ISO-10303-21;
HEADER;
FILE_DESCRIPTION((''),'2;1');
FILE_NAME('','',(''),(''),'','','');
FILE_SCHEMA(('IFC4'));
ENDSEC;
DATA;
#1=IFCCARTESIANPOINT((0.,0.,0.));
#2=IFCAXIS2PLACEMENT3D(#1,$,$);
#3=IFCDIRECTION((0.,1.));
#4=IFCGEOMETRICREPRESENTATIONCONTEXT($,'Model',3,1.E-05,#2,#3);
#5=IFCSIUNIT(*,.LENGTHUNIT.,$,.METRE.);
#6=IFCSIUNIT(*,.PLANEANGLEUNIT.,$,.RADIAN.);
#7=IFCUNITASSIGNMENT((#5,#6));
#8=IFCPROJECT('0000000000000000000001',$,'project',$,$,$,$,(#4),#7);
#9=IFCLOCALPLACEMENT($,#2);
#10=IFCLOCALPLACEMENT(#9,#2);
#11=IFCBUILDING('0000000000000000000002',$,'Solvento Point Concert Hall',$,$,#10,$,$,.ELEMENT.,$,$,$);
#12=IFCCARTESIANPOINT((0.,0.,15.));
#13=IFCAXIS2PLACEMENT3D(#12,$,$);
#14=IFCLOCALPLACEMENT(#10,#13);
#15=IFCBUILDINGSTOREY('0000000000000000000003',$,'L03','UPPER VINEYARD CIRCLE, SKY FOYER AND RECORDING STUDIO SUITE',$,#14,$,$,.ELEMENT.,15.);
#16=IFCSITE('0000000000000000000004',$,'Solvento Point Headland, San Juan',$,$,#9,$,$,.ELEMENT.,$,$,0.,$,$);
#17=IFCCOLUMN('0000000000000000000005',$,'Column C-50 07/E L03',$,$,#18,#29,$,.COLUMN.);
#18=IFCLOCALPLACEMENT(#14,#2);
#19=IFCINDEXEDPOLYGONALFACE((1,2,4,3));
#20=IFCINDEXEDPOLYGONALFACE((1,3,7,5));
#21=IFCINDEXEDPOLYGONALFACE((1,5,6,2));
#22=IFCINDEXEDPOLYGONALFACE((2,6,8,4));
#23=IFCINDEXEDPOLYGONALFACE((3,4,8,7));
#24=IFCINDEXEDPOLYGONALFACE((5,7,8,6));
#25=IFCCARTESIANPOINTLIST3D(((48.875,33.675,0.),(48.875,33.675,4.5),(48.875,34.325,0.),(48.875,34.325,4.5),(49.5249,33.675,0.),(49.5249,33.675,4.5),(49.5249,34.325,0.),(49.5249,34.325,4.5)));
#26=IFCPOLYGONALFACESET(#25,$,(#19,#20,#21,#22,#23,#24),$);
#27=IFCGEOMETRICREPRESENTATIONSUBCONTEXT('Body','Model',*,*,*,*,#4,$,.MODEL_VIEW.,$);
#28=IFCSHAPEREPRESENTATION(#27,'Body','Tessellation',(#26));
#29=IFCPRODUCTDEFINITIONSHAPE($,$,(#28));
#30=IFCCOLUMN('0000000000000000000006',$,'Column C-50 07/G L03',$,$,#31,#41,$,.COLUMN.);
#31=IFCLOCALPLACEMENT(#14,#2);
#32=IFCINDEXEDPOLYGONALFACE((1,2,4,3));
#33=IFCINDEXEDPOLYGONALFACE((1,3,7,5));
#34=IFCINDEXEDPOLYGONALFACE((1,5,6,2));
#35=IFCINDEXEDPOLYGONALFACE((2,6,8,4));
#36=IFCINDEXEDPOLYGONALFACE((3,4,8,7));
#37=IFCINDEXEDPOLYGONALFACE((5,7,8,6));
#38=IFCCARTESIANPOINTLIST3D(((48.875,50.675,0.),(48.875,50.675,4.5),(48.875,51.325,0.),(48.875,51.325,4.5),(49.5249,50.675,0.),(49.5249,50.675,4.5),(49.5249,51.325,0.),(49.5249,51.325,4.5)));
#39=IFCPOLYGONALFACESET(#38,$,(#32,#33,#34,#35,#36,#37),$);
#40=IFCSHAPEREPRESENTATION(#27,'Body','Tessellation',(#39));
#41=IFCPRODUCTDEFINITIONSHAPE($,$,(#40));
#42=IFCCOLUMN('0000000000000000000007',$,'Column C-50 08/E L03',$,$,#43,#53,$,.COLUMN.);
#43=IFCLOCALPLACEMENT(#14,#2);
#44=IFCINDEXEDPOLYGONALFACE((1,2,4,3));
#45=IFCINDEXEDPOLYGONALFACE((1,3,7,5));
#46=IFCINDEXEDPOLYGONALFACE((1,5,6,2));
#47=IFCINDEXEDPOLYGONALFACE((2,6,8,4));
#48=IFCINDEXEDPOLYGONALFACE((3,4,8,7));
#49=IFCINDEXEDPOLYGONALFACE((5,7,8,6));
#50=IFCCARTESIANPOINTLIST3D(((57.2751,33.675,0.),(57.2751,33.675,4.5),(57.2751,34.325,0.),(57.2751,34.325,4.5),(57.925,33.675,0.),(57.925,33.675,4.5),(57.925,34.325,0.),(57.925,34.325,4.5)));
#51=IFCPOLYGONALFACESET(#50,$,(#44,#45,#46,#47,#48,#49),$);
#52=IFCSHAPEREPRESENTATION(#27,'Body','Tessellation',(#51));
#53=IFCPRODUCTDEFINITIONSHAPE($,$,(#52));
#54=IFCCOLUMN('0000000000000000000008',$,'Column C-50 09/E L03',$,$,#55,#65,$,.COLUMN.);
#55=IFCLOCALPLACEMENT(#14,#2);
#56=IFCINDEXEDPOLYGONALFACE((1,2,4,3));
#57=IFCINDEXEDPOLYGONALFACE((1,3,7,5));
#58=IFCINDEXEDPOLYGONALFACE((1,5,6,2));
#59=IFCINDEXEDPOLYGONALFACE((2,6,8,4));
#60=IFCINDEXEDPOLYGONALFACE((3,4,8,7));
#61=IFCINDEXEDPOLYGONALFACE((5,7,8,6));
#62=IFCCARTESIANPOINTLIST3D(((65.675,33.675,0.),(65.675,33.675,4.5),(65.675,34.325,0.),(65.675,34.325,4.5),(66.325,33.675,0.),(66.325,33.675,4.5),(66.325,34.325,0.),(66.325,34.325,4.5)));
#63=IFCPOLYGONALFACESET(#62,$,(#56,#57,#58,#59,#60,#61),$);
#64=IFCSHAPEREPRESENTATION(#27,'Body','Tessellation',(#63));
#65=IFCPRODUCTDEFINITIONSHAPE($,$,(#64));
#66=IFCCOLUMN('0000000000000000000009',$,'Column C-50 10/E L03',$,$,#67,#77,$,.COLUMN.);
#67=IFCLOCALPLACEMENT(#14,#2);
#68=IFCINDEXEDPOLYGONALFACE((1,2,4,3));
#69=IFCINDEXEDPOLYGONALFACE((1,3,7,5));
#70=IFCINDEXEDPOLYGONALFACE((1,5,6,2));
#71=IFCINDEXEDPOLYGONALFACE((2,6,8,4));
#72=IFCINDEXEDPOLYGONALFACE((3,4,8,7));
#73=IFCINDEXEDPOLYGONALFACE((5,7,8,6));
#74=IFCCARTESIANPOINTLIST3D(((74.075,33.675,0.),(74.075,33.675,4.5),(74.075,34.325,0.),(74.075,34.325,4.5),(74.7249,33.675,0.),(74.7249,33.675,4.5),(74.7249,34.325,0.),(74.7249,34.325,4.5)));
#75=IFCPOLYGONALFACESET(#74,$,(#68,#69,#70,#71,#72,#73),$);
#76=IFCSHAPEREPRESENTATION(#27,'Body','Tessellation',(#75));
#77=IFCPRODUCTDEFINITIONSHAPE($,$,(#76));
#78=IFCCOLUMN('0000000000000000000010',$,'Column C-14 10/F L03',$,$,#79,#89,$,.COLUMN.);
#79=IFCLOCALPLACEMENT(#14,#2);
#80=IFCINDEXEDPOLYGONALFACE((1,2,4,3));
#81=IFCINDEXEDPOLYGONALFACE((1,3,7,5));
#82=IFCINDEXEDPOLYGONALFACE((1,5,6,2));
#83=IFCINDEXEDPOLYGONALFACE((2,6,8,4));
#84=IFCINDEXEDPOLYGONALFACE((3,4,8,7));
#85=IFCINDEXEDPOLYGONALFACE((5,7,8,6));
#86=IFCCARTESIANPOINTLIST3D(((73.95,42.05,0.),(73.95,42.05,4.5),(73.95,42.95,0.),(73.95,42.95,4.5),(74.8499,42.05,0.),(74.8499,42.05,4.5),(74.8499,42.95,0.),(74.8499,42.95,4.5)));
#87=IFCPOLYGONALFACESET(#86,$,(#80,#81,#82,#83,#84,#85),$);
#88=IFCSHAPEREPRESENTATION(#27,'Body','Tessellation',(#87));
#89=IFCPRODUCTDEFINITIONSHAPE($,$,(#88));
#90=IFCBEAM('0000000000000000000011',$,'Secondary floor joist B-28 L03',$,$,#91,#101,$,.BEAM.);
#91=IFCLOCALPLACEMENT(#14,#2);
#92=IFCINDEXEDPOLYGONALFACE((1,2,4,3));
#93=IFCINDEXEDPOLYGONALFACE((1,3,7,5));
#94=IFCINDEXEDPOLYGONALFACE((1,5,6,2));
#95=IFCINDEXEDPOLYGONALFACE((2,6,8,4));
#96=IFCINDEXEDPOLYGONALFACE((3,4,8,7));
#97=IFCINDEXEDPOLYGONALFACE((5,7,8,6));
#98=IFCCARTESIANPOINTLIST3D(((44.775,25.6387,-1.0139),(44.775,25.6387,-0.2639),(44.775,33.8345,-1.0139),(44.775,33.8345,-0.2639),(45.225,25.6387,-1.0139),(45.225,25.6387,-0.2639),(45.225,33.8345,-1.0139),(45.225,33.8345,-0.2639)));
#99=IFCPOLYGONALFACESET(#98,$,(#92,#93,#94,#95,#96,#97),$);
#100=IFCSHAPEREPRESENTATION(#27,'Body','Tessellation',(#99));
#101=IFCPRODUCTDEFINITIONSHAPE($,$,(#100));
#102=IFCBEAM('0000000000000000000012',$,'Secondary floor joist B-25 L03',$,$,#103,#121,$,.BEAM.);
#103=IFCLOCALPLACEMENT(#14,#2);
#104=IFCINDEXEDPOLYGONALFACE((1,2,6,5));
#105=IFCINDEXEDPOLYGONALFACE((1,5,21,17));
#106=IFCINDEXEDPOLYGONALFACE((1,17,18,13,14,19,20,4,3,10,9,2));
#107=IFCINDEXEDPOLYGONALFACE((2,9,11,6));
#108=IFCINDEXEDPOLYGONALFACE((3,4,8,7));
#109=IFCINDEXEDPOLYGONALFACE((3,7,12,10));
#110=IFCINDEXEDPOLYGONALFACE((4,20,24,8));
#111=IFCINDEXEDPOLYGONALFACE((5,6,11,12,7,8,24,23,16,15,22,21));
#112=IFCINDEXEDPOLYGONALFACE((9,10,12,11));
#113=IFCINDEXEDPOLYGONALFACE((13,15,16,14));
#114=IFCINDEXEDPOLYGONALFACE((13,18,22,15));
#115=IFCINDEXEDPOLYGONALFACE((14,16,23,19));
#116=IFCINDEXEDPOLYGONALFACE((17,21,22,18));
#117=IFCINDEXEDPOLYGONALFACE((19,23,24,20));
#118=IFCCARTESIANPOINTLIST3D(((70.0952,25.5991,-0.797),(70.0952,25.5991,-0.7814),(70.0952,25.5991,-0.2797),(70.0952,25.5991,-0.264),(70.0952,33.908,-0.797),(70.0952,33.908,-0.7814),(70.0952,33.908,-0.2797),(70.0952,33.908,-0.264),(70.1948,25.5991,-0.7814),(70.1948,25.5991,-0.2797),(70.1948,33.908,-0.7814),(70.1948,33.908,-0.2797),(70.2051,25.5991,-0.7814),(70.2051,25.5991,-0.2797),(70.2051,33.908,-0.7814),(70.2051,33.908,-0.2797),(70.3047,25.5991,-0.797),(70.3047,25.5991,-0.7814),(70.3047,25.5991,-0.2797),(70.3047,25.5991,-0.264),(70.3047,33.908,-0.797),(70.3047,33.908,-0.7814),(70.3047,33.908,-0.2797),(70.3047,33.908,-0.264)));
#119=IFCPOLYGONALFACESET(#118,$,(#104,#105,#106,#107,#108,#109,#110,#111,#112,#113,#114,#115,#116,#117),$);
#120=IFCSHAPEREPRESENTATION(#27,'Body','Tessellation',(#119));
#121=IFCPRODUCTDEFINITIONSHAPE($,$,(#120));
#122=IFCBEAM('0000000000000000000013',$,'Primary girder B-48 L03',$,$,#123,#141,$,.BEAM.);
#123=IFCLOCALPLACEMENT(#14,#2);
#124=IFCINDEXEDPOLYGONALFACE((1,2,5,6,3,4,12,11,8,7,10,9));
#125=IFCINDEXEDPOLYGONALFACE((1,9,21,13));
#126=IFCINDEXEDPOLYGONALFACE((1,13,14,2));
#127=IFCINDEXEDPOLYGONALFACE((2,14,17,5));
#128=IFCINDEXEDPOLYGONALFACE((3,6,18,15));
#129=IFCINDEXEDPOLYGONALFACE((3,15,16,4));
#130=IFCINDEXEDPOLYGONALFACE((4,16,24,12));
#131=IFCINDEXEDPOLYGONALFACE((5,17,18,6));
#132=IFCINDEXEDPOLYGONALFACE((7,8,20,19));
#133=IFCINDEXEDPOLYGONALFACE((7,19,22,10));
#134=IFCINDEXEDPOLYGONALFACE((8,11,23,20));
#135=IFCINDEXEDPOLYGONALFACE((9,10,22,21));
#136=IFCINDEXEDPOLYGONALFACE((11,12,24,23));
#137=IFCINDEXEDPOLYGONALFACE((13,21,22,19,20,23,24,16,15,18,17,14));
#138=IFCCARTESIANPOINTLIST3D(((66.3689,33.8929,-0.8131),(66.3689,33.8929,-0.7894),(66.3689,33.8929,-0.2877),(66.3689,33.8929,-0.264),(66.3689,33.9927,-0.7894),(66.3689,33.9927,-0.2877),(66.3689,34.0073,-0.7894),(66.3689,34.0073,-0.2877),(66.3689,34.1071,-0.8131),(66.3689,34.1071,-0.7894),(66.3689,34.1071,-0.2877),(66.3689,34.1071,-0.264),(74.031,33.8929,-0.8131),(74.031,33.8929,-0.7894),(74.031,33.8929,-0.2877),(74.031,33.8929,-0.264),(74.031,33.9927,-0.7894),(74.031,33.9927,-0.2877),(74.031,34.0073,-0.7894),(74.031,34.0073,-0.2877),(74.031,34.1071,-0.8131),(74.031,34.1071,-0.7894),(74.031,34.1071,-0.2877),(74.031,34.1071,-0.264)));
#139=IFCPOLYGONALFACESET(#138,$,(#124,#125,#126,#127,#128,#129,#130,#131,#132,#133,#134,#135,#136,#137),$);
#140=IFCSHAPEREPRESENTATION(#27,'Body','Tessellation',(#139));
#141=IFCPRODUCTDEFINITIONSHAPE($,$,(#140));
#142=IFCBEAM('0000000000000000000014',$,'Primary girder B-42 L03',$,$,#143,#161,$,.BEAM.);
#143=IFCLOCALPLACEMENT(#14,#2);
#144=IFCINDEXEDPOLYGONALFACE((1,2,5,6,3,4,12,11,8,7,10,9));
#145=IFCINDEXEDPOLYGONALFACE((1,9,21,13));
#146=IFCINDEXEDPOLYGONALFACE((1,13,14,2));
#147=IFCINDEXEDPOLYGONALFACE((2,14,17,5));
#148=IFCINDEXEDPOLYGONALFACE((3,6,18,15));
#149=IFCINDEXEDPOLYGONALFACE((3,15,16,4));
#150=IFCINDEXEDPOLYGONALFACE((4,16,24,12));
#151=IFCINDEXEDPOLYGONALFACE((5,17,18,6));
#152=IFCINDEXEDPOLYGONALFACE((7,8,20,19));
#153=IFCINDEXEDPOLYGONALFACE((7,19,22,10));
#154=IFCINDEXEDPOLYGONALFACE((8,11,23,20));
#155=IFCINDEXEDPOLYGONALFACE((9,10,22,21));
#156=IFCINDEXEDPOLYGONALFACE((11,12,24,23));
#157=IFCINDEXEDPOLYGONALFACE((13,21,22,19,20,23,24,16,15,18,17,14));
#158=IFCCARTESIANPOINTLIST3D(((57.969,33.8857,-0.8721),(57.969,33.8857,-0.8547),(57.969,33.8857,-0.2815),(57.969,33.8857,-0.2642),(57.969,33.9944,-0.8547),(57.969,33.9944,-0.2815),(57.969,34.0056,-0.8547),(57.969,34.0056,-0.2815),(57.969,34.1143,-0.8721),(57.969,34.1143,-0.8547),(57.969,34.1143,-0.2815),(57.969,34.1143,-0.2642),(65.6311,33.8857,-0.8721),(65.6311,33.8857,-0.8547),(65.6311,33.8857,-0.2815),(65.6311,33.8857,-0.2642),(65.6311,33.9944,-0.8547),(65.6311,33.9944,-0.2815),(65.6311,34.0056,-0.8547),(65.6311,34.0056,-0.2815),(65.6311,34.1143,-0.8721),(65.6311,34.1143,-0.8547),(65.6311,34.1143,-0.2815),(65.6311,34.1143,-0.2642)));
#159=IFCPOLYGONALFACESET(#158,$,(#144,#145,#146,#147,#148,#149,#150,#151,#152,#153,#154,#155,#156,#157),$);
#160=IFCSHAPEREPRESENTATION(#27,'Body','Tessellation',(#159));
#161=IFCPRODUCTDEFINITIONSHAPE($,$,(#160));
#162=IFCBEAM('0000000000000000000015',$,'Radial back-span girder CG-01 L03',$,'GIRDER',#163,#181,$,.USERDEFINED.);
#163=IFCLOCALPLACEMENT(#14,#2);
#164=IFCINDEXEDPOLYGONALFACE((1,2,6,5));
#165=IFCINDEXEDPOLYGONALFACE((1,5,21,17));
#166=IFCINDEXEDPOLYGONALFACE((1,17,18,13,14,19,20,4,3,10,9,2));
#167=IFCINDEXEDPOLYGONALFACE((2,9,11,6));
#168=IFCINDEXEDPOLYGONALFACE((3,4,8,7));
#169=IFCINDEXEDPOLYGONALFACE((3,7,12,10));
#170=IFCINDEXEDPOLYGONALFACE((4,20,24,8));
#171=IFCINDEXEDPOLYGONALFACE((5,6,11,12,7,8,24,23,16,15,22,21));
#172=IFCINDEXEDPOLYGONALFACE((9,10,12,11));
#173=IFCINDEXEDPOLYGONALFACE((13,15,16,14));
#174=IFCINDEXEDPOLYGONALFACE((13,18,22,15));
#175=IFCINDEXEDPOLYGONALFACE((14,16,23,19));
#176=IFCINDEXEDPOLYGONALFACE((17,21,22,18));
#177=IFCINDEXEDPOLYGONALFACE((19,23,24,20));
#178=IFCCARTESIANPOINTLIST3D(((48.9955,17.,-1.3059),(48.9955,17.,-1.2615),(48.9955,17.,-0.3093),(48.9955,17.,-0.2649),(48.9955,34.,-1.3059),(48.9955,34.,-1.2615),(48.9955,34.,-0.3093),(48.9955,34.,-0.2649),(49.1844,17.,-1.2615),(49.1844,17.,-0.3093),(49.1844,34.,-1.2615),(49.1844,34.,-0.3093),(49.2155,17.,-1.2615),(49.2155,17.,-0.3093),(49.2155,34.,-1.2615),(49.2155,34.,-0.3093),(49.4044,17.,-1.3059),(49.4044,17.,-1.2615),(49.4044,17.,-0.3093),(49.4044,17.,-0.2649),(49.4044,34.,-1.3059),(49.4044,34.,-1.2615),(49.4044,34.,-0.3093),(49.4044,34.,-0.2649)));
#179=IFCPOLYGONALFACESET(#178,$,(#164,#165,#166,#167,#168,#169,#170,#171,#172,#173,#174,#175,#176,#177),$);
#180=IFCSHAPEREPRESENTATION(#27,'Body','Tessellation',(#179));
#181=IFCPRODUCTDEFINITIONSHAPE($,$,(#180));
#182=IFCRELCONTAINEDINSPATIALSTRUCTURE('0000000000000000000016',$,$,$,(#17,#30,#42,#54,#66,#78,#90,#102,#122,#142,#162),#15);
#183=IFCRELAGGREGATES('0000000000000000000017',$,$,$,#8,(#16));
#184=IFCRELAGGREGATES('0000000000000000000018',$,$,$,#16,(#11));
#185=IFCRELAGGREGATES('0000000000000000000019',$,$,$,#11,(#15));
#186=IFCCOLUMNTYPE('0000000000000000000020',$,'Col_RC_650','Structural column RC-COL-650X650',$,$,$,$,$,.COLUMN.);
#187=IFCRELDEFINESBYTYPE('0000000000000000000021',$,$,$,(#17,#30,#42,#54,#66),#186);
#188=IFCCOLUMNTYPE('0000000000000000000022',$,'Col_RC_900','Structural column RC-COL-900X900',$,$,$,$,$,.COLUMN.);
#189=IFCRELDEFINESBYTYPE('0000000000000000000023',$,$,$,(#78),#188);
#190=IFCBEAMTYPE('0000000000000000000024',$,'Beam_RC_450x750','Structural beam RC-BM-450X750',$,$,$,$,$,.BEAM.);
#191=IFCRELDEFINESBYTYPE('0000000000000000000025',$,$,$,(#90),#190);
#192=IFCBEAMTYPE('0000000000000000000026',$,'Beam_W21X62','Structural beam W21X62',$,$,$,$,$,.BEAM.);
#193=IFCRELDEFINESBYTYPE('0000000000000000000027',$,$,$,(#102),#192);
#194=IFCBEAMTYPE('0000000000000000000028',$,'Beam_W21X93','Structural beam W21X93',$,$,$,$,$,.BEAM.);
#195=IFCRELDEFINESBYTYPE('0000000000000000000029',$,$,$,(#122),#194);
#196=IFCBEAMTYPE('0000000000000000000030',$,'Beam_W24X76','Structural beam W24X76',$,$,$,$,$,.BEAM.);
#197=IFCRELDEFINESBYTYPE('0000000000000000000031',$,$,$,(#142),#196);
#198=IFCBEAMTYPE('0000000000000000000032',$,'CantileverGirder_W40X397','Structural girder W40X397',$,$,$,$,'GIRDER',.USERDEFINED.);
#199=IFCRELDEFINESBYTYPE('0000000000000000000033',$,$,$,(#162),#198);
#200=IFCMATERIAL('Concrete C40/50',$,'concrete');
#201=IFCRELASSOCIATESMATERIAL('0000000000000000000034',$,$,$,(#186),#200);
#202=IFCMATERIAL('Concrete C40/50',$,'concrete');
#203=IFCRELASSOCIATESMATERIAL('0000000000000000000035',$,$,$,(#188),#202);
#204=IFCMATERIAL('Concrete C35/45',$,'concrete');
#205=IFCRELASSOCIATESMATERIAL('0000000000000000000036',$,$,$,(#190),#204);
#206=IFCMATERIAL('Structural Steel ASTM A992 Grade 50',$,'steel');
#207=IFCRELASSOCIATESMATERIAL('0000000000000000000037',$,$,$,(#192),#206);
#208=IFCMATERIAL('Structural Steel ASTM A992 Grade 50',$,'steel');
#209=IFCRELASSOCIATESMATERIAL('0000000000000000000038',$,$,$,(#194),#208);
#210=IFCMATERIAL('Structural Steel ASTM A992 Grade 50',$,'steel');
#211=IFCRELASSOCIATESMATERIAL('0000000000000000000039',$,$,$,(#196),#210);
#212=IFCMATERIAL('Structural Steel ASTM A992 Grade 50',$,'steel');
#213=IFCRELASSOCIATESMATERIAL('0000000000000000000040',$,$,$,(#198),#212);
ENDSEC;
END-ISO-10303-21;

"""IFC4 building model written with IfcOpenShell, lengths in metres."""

from ifc_helpers import new_model, si_unit, direction, frame, origin, origin_2d, place, context, subcontext, project, spatial, rectangle, i_section, extrude, material, material_profile, profile_set, type_object, element, save


model = new_model("IFC4")

# Units and contexts
model_context = context("Model", 3, precision=1e-05, world=origin(), true_north=direction((0.0, 1.0)))
body_context = subcontext(model_context, "Body", "Model", "MODEL_VIEW")
ifc_project = project(units=[si_unit("LENGTHUNIT", "METRE"), si_unit("PLANEANGLEUNIT", "RADIAN")], contexts=[model_context])

# Site, building, storey
site_placement = place(None, origin())
site = spatial("IfcSite", under=ifc_project, at=site_placement, Name="Solvento Point Headland, San Juan", CompositionType="ELEMENT", RefElevation=0.0)
building_placement = place(site_placement, origin())
building = spatial("IfcBuilding", under=site, at=building_placement, Name="Solvento Point Concert Hall", CompositionType="ELEMENT")
storey_placement = place(building_placement, frame((0.0, 0.0, 15.0)))
storey = spatial("IfcBuildingStorey", under=building, at=storey_placement, Name="L03", Description="UPPER VINEYARD CIRCLE, SKY FOYER AND RECORDING STUDIO SUITE", CompositionType="ELEMENT", Elevation=15.0)

# Columns
ifc_material_1 = material(Name="Concrete C40/50", Category="concrete")
ifc_material_profile_1 = material_profile(ifc_material_1, rectangle(XDim=0.6499, YDim=0.6499, at=origin_2d()), Name="RC-COL-650X650")
ifc_profile_set_1 = profile_set([ifc_material_profile_1], Name="Concrete C40/50")
column_type_1 = type_object("IfcColumnType", Name="Col_RC_650", Description="Structural column RC-COL-650X650", PredefinedType="COLUMN", material=ifc_profile_set_1)
for number, where, z_axis, x_axis, name in (
    (1, (49.2, 34.0, 0.0), (0.0, 0.0, 1.0), (1.0, 0.0, 0.0), "Column C-50 07/E L03"),
    (2, (49.2, 51.0, 0.0), (0.0, 0.0, 1.0), (1.0, 0.0, 0.0), "Column C-50 07/G L03"),
    (3, (57.6001, 34.0, 0.0), (0.0, 0.0, 1.0), (1.0, 0.0, 0.0), "Column C-50 08/E L03"),
    (4, (66.0, 34.0, 0.0), (0.0, 0.0, 1.0), (1.0, 0.0, 0.0), "Column C-50 09/E L03"),
    (5, (74.3999, 34.0, 0.0), (0.0, 0.0, 1.0), (1.0, 0.0, 0.0), "Column C-50 10/E L03"),
):
    element("IfcColumn", number, at=place(storey_placement, frame(where, z_axis=z_axis, x_axis=x_axis)), inside=storey, type_object=column_type_1, Name=name, PredefinedType="COLUMN", context=body_context, shape_type="SweptSolid", body=[
        extrude(rectangle(XDim=0.6499, YDim=0.6499, at=origin_2d()), origin(), (0.0, 0.0, 1.0), 4.5),
    ])
ifc_material_2 = material(Name="Concrete C40/50", Category="concrete")
ifc_material_profile_2 = material_profile(ifc_material_2, rectangle(XDim=0.8999, YDim=0.8999, at=origin_2d()), Name="RC-COL-900X900")
ifc_profile_set_2 = profile_set([ifc_material_profile_2], Name="Concrete C40/50")
column_type_2 = type_object("IfcColumnType", Name="Col_RC_900", Description="Structural column RC-COL-900X900", PredefinedType="COLUMN", material=ifc_profile_set_2)
column_placement = place(storey_placement, frame((74.3999, 42.5, 0.0), z_axis=(0.0, 0.0, 1.0), x_axis=(1.0, 0.0, 0.0)))
element("IfcColumn", 6, at=column_placement, inside=storey, type_object=column_type_2, Name="Column C-14 10/F L03", PredefinedType="COLUMN", context=body_context, shape_type="SweptSolid", body=[
    extrude(rectangle(XDim=0.8999, YDim=0.8999, at=origin_2d()), origin(), (0.0, 0.0, 1.0), 4.5),
])

# Beams
ifc_material_3 = material(Name="Concrete C35/45", Category="concrete")
ifc_material_profile_3 = material_profile(ifc_material_3, rectangle(XDim=0.45, YDim=0.75, at=origin_2d()), Name="RC-BM-450X750")
ifc_profile_set_3 = profile_set([ifc_material_profile_3], Name="Concrete C35/45")
beam_type_1 = type_object("IfcBeamType", Name="Beam_RC_450x750", Description="Structural beam RC-BM-450X750", PredefinedType="BEAM", material=ifc_profile_set_3)
beam_1_placement = place(storey_placement, frame((45.0, 25.6387, -0.6389), z_axis=(0.0, 1.0, 0.0), x_axis=(-1.0, 0.0, 0.0)))
element("IfcBeam", 7, at=beam_1_placement, inside=storey, type_object=beam_type_1, Name="Secondary floor joist B-28 L03", PredefinedType="BEAM", context=body_context, shape_type="SweptSolid", body=[
    extrude(rectangle(XDim=0.45, YDim=0.75, at=origin_2d()), origin(), (0.0, 0.0, 1.0), 8.1958),
])
ifc_material_4 = material(Name="Structural Steel ASTM A992 Grade 50", Category="steel")
ifc_material_profile_4 = material_profile(ifc_material_4, i_section(OverallWidth=0.2095, OverallDepth=0.533, WebThickness=0.0103, FlangeThickness=0.0156, at=origin_2d()), Name="W21X62")
ifc_profile_set_4 = profile_set([ifc_material_profile_4], Name="Structural Steel ASTM A992 Grade 50")
beam_type_2 = type_object("IfcBeamType", Name="Beam_W21X62", Description="Structural beam W21X62", PredefinedType="BEAM", material=ifc_profile_set_4)
beam_2_placement = place(storey_placement, frame((70.2, 25.5991, -0.5305), z_axis=(0.0, 1.0, 0.0), x_axis=(-1.0, 0.0, 0.0)))
element("IfcBeam", 8, at=beam_2_placement, inside=storey, type_object=beam_type_2, Name="Secondary floor joist B-25 L03", PredefinedType="BEAM", context=body_context, shape_type="SweptSolid", body=[
    extrude(i_section(OverallWidth=0.2095, OverallDepth=0.533, WebThickness=0.0103, FlangeThickness=0.0156, at=origin_2d()), origin(), (0.0, 0.0, 1.0), 8.3088),
])
ifc_material_5 = material(Name="Structural Steel ASTM A992 Grade 50", Category="steel")
ifc_material_profile_5 = material_profile(ifc_material_5, i_section(OverallWidth=0.2141, OverallDepth=0.5491, WebThickness=0.0146, FlangeThickness=0.0237, at=origin_2d()), Name="W21X93")
ifc_profile_set_5 = profile_set([ifc_material_profile_5], Name="Structural Steel ASTM A992 Grade 50")
beam_type_3 = type_object("IfcBeamType", Name="Beam_W21X93", Description="Structural beam W21X93", PredefinedType="BEAM", material=ifc_profile_set_5)
beam_3_placement = place(storey_placement, frame((66.3689, 34.0, -0.5386), z_axis=(1.0, 0.0, 0.0), x_axis=(0.0, 1.0, 0.0)))
element("IfcBeam", 9, at=beam_3_placement, inside=storey, type_object=beam_type_3, Name="Primary girder B-48 L03", PredefinedType="BEAM", context=body_context, shape_type="SweptSolid", body=[
    extrude(i_section(OverallWidth=0.2141, OverallDepth=0.5491, WebThickness=0.0146, FlangeThickness=0.0237, at=origin_2d()), origin(), (0.0, 0.0, 1.0), 7.6621),
])
ifc_material_6 = material(Name="Structural Steel ASTM A992 Grade 50", Category="steel")
ifc_material_profile_6 = material_profile(ifc_material_6, i_section(OverallWidth=0.2285, OverallDepth=0.6079, WebThickness=0.0112, FlangeThickness=0.0173, at=origin_2d()), Name="W24X76")
ifc_profile_set_6 = profile_set([ifc_material_profile_6], Name="Structural Steel ASTM A992 Grade 50")
beam_type_4 = type_object("IfcBeamType", Name="Beam_W24X76", Description="Structural beam W24X76", PredefinedType="BEAM", material=ifc_profile_set_6)
beam_4_placement = place(storey_placement, frame((57.969, 34.0, -0.5681), z_axis=(1.0, 0.0, 0.0), x_axis=(0.0, 1.0, 0.0)))
element("IfcBeam", 10, at=beam_4_placement, inside=storey, type_object=beam_type_4, Name="Primary girder B-42 L03", PredefinedType="BEAM", context=body_context, shape_type="SweptSolid", body=[
    extrude(i_section(OverallWidth=0.2285, OverallDepth=0.6079, WebThickness=0.0112, FlangeThickness=0.0173, at=origin_2d()), origin(), (0.0, 0.0, 1.0), 7.6621),
])
ifc_material_7 = material(Name="Structural Steel ASTM A992 Grade 50", Category="steel")
ifc_material_profile_7 = material_profile(ifc_material_7, i_section(OverallWidth=0.4089, OverallDepth=1.041, WebThickness=0.031, FlangeThickness=0.0444, at=origin_2d()), Name="W40X397")
ifc_profile_set_7 = profile_set([ifc_material_profile_7], Name="Structural Steel ASTM A992 Grade 50")
beam_type_5 = type_object("IfcBeamType", Name="CantileverGirder_W40X397", Description="Structural girder W40X397", ElementType="GIRDER", PredefinedType="USERDEFINED", material=ifc_profile_set_7)
for number, where, z_axis, x_axis, name in (
    (11, (49.2, 34.0, -0.7854), (0.0, -1.0, 0.0), (1.0, 0.0, 0.0), "Radial back-span girder CG-01 L03"),
):
    element("IfcBeam", number, at=place(storey_placement, frame(where, z_axis=z_axis, x_axis=x_axis)), inside=storey, type_object=beam_type_5, Name=name, ObjectType="GIRDER", PredefinedType="USERDEFINED", context=body_context, shape_type="SweptSolid", body=[
        extrude(i_section(OverallWidth=0.4089, OverallDepth=1.041, WebThickness=0.031, FlangeThickness=0.0444, at=origin_2d()), origin(), (0.0, 0.0, 1.0), 17.0),
    ])

save(model, "model.ifc")
